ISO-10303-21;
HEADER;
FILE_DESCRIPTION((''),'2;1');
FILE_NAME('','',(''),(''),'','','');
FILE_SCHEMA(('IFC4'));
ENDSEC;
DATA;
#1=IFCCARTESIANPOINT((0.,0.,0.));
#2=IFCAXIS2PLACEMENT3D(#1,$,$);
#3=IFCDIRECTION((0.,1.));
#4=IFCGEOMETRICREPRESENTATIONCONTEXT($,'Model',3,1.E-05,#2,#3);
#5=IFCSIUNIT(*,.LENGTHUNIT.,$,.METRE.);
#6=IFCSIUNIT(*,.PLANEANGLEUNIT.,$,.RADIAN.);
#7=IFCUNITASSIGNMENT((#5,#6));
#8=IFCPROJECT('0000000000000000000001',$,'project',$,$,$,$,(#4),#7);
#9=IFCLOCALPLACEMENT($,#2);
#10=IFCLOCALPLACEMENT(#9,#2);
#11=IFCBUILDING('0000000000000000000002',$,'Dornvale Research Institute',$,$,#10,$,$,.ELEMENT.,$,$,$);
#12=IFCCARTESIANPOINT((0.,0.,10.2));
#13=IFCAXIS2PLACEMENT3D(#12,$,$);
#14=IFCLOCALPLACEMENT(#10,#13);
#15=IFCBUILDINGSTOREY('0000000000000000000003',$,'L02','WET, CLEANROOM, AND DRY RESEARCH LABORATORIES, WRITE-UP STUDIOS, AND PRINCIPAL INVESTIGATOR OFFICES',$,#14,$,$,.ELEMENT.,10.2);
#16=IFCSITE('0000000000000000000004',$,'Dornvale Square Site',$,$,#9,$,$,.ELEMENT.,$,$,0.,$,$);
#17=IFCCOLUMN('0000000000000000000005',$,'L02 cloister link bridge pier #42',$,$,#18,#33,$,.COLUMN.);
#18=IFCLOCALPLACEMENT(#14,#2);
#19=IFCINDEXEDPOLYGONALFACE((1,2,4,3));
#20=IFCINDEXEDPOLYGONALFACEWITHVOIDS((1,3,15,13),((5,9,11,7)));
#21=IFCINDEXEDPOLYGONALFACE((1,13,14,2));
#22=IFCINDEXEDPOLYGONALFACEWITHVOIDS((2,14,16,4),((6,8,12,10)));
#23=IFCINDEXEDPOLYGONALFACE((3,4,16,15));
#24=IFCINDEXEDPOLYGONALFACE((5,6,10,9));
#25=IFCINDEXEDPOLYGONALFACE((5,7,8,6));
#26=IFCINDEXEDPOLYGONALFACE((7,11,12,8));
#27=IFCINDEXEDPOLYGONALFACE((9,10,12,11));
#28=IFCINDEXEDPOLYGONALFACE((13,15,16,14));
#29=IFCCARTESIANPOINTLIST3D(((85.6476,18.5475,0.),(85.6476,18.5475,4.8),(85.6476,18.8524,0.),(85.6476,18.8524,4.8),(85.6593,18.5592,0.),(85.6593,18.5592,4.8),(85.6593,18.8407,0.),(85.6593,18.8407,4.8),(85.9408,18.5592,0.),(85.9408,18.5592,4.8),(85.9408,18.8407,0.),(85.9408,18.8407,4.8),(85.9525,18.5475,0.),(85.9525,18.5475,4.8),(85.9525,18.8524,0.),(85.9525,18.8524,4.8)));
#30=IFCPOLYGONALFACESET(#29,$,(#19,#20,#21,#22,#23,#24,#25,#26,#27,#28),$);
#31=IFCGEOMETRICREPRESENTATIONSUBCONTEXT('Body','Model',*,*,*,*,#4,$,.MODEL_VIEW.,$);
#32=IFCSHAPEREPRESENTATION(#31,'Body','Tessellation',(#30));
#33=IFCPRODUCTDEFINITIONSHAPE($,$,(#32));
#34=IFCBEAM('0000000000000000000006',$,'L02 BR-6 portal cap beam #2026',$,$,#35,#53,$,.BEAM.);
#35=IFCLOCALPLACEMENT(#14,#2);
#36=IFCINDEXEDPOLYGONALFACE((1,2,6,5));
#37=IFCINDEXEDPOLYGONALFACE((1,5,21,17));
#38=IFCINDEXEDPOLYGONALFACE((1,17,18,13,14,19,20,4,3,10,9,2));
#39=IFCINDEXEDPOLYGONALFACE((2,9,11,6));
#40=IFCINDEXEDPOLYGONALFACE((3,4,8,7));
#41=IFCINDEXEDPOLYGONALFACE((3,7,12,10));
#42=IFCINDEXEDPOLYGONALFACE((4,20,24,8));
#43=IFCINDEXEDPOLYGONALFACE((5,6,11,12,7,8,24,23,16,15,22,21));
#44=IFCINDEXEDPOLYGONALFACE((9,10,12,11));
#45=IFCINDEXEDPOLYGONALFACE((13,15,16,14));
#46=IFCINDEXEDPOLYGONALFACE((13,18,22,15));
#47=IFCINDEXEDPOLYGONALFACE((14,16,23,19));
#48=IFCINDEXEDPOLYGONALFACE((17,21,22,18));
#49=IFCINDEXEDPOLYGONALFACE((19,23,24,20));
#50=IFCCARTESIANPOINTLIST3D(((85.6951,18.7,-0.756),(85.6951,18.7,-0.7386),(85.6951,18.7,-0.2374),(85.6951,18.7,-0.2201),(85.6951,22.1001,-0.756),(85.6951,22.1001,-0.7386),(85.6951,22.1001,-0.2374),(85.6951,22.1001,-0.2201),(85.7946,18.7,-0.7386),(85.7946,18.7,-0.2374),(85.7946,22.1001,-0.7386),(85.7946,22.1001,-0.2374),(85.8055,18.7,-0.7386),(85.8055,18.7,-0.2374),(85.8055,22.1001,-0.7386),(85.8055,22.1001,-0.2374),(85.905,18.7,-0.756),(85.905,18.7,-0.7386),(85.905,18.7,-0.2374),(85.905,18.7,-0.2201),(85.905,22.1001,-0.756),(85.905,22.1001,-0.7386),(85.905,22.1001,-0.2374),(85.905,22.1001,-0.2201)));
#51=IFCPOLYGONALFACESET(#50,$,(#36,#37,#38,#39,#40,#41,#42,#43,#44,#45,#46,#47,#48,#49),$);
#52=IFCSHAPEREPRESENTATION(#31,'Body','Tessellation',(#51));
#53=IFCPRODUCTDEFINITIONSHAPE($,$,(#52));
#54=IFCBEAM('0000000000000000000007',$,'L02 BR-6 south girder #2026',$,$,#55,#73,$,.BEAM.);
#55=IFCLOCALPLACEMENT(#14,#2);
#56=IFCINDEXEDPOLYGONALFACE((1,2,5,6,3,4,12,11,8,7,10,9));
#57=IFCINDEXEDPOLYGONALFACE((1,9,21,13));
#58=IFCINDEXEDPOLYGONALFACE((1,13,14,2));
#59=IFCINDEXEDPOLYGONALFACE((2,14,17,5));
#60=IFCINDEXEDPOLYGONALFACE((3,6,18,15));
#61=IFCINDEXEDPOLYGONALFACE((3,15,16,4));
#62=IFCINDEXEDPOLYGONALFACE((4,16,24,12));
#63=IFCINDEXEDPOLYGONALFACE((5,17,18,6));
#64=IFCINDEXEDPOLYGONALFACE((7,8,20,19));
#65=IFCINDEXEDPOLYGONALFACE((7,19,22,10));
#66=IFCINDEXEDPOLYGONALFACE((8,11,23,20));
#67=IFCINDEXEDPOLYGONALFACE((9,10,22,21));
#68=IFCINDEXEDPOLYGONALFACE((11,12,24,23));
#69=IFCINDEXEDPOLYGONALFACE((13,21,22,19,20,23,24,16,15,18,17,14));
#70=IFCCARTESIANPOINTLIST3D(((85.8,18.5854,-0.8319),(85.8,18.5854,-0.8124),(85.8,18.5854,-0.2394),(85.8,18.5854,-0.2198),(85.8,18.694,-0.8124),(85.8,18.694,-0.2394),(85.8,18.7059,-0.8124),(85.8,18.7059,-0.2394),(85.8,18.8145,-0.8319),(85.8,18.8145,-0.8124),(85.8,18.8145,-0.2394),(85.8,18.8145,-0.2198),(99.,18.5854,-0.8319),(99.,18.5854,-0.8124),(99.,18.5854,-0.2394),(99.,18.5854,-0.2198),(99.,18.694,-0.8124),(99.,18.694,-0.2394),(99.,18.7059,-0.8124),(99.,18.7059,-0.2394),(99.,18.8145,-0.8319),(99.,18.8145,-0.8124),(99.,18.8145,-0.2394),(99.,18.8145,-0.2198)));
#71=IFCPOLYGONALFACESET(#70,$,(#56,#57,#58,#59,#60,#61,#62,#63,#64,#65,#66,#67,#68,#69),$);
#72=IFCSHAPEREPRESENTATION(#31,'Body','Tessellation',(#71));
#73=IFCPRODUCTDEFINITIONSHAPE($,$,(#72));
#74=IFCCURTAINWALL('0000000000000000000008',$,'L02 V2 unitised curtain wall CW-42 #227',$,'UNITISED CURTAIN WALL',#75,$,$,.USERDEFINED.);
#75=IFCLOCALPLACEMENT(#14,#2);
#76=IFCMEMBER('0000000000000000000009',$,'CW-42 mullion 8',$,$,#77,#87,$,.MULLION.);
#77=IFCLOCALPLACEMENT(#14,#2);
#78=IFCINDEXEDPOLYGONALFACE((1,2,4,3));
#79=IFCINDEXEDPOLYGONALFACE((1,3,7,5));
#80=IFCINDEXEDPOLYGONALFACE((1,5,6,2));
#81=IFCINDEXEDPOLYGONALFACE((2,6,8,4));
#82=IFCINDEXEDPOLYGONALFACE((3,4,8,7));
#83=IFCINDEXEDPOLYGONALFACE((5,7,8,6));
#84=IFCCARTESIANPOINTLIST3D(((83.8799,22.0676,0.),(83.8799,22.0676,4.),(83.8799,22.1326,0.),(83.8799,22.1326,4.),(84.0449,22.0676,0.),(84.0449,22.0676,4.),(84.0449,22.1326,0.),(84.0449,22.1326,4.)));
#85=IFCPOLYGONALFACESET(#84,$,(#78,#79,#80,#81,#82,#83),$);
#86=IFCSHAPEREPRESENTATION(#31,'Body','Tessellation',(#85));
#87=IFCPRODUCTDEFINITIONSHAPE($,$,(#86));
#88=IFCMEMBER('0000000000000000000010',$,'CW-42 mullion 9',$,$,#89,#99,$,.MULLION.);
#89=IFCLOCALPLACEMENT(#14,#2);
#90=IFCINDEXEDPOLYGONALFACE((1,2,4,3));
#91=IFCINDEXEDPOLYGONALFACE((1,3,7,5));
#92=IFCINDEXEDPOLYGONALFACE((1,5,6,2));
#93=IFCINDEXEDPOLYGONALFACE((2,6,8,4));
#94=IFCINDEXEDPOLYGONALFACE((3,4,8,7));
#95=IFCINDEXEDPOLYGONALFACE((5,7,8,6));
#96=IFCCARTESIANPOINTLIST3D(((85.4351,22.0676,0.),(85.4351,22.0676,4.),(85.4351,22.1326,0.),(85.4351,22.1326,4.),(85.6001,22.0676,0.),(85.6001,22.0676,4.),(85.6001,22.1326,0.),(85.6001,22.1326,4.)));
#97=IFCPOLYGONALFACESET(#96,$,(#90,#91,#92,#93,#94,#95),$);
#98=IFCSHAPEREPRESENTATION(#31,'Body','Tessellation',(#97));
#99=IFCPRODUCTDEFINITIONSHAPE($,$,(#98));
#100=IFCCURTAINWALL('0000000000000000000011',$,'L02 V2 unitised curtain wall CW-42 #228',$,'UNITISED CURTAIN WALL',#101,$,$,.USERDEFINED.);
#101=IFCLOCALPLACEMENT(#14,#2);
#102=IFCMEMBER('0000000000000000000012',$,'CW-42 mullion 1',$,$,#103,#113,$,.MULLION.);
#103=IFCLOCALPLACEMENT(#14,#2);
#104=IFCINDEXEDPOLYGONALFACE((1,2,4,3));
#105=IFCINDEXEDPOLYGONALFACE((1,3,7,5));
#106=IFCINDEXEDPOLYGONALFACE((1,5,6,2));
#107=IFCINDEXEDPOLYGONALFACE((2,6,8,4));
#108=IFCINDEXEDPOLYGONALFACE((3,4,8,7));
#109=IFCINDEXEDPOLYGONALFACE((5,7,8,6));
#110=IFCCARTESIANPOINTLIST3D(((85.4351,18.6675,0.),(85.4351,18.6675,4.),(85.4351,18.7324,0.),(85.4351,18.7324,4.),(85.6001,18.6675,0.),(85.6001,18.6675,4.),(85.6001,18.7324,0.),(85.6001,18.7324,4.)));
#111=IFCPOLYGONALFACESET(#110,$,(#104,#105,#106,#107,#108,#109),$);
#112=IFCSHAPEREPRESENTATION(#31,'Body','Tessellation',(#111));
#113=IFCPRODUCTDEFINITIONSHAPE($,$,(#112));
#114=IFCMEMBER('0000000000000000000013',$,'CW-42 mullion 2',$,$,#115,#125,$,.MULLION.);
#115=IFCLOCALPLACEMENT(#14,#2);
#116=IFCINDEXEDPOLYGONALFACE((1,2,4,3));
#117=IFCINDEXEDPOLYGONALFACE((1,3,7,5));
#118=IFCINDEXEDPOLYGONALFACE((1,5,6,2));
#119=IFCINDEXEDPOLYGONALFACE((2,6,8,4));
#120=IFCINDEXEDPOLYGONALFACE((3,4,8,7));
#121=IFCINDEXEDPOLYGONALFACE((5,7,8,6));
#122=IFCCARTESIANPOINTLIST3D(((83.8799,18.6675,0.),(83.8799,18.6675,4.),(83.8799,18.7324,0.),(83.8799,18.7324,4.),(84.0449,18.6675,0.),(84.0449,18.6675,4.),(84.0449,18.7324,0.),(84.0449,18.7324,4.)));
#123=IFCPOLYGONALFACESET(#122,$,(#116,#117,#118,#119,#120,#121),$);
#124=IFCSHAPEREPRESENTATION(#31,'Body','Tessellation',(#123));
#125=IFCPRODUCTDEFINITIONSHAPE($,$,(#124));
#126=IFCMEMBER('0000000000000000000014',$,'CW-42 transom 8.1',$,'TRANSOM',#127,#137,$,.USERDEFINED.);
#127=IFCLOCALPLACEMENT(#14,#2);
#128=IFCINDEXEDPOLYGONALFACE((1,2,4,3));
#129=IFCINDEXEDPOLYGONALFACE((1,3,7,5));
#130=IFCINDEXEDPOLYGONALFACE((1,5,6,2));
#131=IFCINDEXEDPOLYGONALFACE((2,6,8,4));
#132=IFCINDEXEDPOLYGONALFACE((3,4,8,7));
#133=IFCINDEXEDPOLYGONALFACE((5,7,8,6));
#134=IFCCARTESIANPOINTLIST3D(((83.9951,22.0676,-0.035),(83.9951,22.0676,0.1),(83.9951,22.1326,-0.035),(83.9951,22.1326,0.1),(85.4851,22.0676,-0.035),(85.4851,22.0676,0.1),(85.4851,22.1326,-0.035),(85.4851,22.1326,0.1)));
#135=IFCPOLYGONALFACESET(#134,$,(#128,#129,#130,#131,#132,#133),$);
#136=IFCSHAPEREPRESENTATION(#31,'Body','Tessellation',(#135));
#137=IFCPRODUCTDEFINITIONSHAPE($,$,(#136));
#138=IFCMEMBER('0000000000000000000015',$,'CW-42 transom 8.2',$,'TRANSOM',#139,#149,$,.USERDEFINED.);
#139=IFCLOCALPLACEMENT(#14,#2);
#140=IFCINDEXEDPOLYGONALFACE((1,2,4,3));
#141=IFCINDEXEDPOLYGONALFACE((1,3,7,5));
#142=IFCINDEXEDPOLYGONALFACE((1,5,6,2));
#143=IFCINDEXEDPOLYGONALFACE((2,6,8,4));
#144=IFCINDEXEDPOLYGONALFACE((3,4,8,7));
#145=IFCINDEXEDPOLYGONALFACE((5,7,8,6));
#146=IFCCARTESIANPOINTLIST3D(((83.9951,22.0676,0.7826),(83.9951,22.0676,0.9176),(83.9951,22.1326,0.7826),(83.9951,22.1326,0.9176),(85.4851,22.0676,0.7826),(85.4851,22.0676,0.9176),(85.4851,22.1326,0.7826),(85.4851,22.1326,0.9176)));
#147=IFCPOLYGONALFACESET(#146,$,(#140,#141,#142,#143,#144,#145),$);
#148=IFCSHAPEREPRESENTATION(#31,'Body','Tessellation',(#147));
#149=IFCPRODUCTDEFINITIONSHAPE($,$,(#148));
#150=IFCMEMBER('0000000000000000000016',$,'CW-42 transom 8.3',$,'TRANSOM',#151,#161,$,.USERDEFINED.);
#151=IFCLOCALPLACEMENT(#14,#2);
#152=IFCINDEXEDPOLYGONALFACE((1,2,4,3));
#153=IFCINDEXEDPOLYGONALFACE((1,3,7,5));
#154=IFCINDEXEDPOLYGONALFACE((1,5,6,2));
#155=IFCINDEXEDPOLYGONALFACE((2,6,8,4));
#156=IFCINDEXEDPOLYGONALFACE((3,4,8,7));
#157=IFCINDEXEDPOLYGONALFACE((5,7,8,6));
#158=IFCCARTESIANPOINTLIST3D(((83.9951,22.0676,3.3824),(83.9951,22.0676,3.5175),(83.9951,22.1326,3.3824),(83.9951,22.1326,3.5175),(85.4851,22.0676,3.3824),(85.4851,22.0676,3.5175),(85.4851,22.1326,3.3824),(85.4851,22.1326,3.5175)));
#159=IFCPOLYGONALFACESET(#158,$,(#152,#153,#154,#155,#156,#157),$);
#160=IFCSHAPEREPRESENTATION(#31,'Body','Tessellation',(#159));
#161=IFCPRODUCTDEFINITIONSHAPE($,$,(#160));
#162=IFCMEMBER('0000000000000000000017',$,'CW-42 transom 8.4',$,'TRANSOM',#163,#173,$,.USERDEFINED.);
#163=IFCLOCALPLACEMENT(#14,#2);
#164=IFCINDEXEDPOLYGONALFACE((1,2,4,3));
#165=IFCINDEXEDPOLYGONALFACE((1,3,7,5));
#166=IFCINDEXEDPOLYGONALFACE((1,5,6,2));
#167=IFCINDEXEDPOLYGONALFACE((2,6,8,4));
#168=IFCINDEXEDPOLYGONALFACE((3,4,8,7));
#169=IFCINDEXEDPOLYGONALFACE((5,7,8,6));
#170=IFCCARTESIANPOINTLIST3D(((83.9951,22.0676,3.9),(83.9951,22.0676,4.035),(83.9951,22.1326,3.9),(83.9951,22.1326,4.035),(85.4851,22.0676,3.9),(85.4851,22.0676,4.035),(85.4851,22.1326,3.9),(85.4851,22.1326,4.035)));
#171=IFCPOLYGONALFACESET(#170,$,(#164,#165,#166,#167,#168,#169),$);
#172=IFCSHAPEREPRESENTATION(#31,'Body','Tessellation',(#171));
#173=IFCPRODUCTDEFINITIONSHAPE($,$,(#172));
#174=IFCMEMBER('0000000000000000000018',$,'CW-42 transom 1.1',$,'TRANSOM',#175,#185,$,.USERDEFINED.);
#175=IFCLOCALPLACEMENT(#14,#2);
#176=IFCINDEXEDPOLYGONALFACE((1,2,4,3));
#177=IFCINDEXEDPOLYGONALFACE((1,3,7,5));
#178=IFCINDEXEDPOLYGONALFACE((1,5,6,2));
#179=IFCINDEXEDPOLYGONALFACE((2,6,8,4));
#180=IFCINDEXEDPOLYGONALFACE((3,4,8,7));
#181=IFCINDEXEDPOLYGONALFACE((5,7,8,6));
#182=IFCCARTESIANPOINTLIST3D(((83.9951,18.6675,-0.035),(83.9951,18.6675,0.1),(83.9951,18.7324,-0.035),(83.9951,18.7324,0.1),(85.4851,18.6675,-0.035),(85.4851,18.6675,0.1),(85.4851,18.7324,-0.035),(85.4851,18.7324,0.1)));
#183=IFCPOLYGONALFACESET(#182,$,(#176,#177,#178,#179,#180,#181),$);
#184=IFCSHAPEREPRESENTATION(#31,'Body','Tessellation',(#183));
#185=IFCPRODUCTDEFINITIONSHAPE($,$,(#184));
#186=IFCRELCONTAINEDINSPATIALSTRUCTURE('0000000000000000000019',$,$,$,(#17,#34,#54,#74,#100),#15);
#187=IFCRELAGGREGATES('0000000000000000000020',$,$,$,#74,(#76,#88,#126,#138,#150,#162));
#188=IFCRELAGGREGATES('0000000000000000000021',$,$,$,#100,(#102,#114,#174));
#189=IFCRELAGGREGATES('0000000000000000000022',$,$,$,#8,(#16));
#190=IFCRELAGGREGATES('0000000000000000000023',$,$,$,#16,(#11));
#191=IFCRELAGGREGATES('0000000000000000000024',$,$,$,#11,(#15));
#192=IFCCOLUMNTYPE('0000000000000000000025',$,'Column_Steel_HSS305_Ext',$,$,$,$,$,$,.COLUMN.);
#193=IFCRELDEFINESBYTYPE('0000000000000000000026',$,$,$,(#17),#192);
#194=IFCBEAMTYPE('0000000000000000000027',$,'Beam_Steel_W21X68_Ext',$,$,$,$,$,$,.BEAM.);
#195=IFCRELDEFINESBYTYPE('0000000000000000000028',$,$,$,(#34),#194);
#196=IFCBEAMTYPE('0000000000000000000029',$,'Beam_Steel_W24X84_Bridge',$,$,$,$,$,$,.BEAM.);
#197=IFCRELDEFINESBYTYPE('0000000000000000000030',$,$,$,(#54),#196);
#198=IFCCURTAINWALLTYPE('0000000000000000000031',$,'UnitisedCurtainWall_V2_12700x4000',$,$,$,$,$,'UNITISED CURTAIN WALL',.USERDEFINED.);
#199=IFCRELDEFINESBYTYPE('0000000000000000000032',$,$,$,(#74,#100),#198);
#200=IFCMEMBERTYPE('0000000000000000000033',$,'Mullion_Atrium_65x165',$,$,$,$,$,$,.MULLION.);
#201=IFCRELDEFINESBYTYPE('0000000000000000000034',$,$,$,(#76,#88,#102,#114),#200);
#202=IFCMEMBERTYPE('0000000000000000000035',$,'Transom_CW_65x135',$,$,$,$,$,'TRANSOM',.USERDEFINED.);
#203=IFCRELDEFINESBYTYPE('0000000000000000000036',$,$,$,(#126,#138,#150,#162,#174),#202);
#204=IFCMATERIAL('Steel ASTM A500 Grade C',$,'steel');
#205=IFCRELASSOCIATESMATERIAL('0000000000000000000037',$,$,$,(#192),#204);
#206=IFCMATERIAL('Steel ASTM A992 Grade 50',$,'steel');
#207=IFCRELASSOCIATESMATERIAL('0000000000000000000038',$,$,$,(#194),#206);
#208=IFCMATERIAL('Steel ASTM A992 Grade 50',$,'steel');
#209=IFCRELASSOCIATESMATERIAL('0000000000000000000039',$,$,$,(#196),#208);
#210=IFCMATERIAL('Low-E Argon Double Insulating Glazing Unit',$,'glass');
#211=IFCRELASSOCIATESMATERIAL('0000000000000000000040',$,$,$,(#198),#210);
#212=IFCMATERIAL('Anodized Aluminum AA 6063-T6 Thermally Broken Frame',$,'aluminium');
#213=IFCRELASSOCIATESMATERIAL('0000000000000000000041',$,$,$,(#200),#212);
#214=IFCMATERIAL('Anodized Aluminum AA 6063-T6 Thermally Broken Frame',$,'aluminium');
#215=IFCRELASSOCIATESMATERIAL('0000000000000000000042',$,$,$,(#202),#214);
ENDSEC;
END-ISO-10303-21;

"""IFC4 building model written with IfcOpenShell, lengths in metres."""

from ifc_helpers import new_model, si_unit, direction, frame, origin, origin_2d, place, context, subcontext, project, spatial, rectangle, hollow_rectangle, i_section, extrude, material, material_profile, profile_set, type_object, element, aggregate, save


model = new_model("IFC4")

# Units and contexts
model_context = context("Model", 3, precision=1e-05, world=origin(), true_north=direction((0.0, 1.0)))
body_context = subcontext(model_context, "Body", "Model", "MODEL_VIEW")
ifc_project = project(units=[si_unit("LENGTHUNIT", "METRE"), si_unit("PLANEANGLEUNIT", "RADIAN")], contexts=[model_context])

# Site, building, storey
site_placement = place(None, origin())
site = spatial("IfcSite", under=ifc_project, at=site_placement, Name="Dornvale Square Site", CompositionType="ELEMENT", RefElevation=0.0)
building_placement = place(site_placement, origin())
building = spatial("IfcBuilding", under=site, at=building_placement, Name="Dornvale Research Institute", CompositionType="ELEMENT")
storey_placement = place(building_placement, frame((0.0, 0.0, 10.2)))
storey = spatial("IfcBuildingStorey", under=building, at=storey_placement, Name="L02", Description="WET, CLEANROOM, AND DRY RESEARCH LABORATORIES, WRITE-UP STUDIOS, AND PRINCIPAL INVESTIGATOR OFFICES", CompositionType="ELEMENT", Elevation=10.2)

# Column
ifc_material_1 = material(Name="Steel ASTM A500 Grade C", Category="steel")
ifc_material_profile_1 = material_profile(ifc_material_1, hollow_rectangle(XDim=0.3049, YDim=0.3049, WallThickness=0.0117, at=origin_2d()), Name="HSS305X305X12.7")
ifc_profile_set_1 = profile_set([ifc_material_profile_1], Name="Steel ASTM A500 Grade C")
column_type = type_object("IfcColumnType", Name="Column_Steel_HSS305_Ext", PredefinedType="COLUMN", material=ifc_profile_set_1)
column_placement = place(storey_placement, frame((85.8, 18.7, 0.0), z_axis=(0.0, 0.0, 1.0), x_axis=(1.0, 0.0, 0.0)))
element("IfcColumn", 1, at=column_placement, inside=storey, type_object=column_type, Name="L02 cloister link bridge pier #42", PredefinedType="COLUMN", context=body_context, shape_type="SweptSolid", body=[
    extrude(hollow_rectangle(XDim=0.3049, YDim=0.3049, WallThickness=0.0117, at=origin_2d()), origin(), (0.0, 0.0, 1.0), 4.8),
])

# Beams
ifc_material_2 = material(Name="Steel ASTM A992 Grade 50", Category="steel")
ifc_material_profile_2 = material_profile(ifc_material_2, i_section(OverallWidth=0.21, OverallDepth=0.5359, WebThickness=0.011, FlangeThickness=0.0173, at=origin_2d()), Name="W21X68")
ifc_profile_set_2 = profile_set([ifc_material_profile_2], Name="Steel ASTM A992 Grade 50")
beam_type_1 = type_object("IfcBeamType", Name="Beam_Steel_W21X68_Ext", PredefinedType="BEAM", material=ifc_profile_set_2)
beam_1_placement = place(storey_placement, frame((85.8, 18.7, -0.488), z_axis=(0.0, 1.0, 0.0), x_axis=(-1.0, 0.0, 0.0)))
element("IfcBeam", 2, at=beam_1_placement, inside=storey, type_object=beam_type_1, Name="L02 BR-6 portal cap beam #2026", PredefinedType="BEAM", context=body_context, shape_type="SweptSolid", body=[
    extrude(i_section(OverallWidth=0.21, OverallDepth=0.5359, WebThickness=0.011, FlangeThickness=0.0173, at=origin_2d()), origin(), (0.0, 0.0, 1.0), 3.4001),
])
ifc_material_3 = material(Name="Steel ASTM A992 Grade 50", Category="steel")
ifc_material_profile_3 = material_profile(ifc_material_3, i_section(OverallWidth=0.229, OverallDepth=0.6121, WebThickness=0.012, FlangeThickness=0.0195, at=origin_2d()), Name="W24X84")
ifc_profile_set_3 = profile_set([ifc_material_profile_3], Name="Steel ASTM A992 Grade 50")
beam_type_2 = type_object("IfcBeamType", Name="Beam_Steel_W24X84_Bridge", PredefinedType="BEAM", material=ifc_profile_set_3)
beam_2_placement = place(storey_placement, frame((85.8, 18.7, -0.5259), z_axis=(1.0, 0.0, 0.0), x_axis=(0.0, 1.0, 0.0)))
element("IfcBeam", 3, at=beam_2_placement, inside=storey, type_object=beam_type_2, Name="L02 BR-6 south girder #2026", PredefinedType="BEAM", context=body_context, shape_type="SweptSolid", body=[
    extrude(i_section(OverallWidth=0.229, OverallDepth=0.6121, WebThickness=0.012, FlangeThickness=0.0195, at=origin_2d()), origin(), (0.0, 0.0, 1.0), 13.2),
])

# Curtain walls, members
ifc_material_4 = material(Name="Low-E Argon Double Insulating Glazing Unit", Category="glass")
curtain_wall_type = type_object("IfcCurtainWallType", Name="UnitisedCurtainWall_V2_12700x4000", ElementType="UNITISED CURTAIN WALL", PredefinedType="USERDEFINED", material=ifc_material_4)
curtain_wall_1_placement = place(storey_placement, origin())
curtain_wall_1 = element("IfcCurtainWall", 4, at=curtain_wall_1_placement, inside=storey, type_object=curtain_wall_type, Name="L02 V2 unitised curtain wall CW-42 #227", ObjectType="UNITISED CURTAIN WALL", PredefinedType="USERDEFINED")
ifc_material_5 = material(Name="Anodized Aluminum AA 6063-T6 Thermally Broken Frame", Category="aluminium")
ifc_material_profile_4 = material_profile(ifc_material_5, rectangle(XDim=0.0649, YDim=0.165, at=origin_2d()), Name="ALU MULLION 65x165")
ifc_profile_set_4 = profile_set([ifc_material_profile_4], Name="Anodized Aluminum AA 6063-T6 Thermally Broken Frame")
member_type_1 = type_object("IfcMemberType", Name="Mullion_Atrium_65x165", PredefinedType="MULLION", material=ifc_profile_set_4)
member_1_placement = place(storey_placement, frame((83.9624, 22.1001, 0.0), z_axis=(0.0, 0.0, 1.0), x_axis=(0.0, 1.0, 0.0)))
member_1 = element("IfcMember", 5, at=member_1_placement, type_object=member_type_1, Name="CW-42 mullion 8", PredefinedType="MULLION", context=body_context, shape_type="SweptSolid", body=[
    extrude(rectangle(XDim=0.0649, YDim=0.165, at=origin_2d()), origin(), (0.0, 0.0, 1.0), 4.0),
])
member_2_placement = place(storey_placement, frame((85.5176, 22.1001, 0.0), z_axis=(0.0, 0.0, 1.0), x_axis=(0.0, 1.0, 0.0)))
member_2 = element("IfcMember", 6, at=member_2_placement, type_object=member_type_1, Name="CW-42 mullion 9", PredefinedType="MULLION", context=body_context, shape_type="SweptSolid", body=[
    extrude(rectangle(XDim=0.0649, YDim=0.165, at=origin_2d()), origin(), (0.0, 0.0, 1.0), 4.0),
])
curtain_wall_2_placement = place(storey_placement, origin())
curtain_wall_2 = element("IfcCurtainWall", 7, at=curtain_wall_2_placement, inside=storey, type_object=curtain_wall_type, Name="L02 V2 unitised curtain wall CW-42 #228", ObjectType="UNITISED CURTAIN WALL", PredefinedType="USERDEFINED")
member_3_placement = place(storey_placement, frame((85.5176, 18.7, 0.0), z_axis=(0.0, 0.0, 1.0), x_axis=(0.0, -1.0, 0.0)))
member_3 = element("IfcMember", 8, at=member_3_placement, type_object=member_type_1, Name="CW-42 mullion 1", PredefinedType="MULLION", context=body_context, shape_type="SweptSolid", body=[
    extrude(rectangle(XDim=0.0649, YDim=0.165, at=origin_2d()), origin(), (0.0, 0.0, 1.0), 4.0),
])
member_4_placement = place(storey_placement, frame((83.9624, 18.7, 0.0), z_axis=(0.0, 0.0, 1.0), x_axis=(0.0, -1.0, 0.0)))
member_4 = element("IfcMember", 9, at=member_4_placement, type_object=member_type_1, Name="CW-42 mullion 2", PredefinedType="MULLION", context=body_context, shape_type="SweptSolid", body=[
    extrude(rectangle(XDim=0.0649, YDim=0.165, at=origin_2d()), origin(), (0.0, 0.0, 1.0), 4.0),
])

# Members
ifc_material_6 = material(Name="Anodized Aluminum AA 6063-T6 Thermally Broken Frame", Category="aluminium")
ifc_material_profile_5 = material_profile(ifc_material_6, rectangle(XDim=0.0649, YDim=0.135, at=origin_2d()), Name="ALU TRANSOM 65x135")
ifc_profile_set_5 = profile_set([ifc_material_profile_5], Name="Anodized Aluminum AA 6063-T6 Thermally Broken Frame")
member_type_2 = type_object("IfcMemberType", Name="Transom_CW_65x135", ElementType="TRANSOM", PredefinedType="USERDEFINED", material=ifc_profile_set_5)
member_5_placement = place(storey_placement, frame((83.9951, 22.1001, 0.0325), z_axis=(1.0, 0.0, 0.0), x_axis=(0.0, 1.0, 0.0)))
member_5 = element("IfcMember", 10, at=member_5_placement, type_object=member_type_2, Name="CW-42 transom 8.1", ObjectType="TRANSOM", PredefinedType="USERDEFINED", context=body_context, shape_type="SweptSolid", body=[
    extrude(rectangle(XDim=0.0649, YDim=0.135, at=origin_2d()), origin(), (0.0, 0.0, 1.0), 1.49),
])
member_6_placement = place(storey_placement, frame((83.9951, 22.1001, 0.8501), z_axis=(1.0, 0.0, 0.0), x_axis=(0.0, 1.0, 0.0)))
member_6 = element("IfcMember", 11, at=member_6_placement, type_object=member_type_2, Name="CW-42 transom 8.2", ObjectType="TRANSOM", PredefinedType="USERDEFINED", context=body_context, shape_type="SweptSolid", body=[
    extrude(rectangle(XDim=0.0649, YDim=0.135, at=origin_2d()), origin(), (0.0, 0.0, 1.0), 1.49),
])
member_7_placement = place(storey_placement, frame((83.9951, 22.1001, 3.45), z_axis=(1.0, 0.0, 0.0), x_axis=(0.0, 1.0, 0.0)))
member_7 = element("IfcMember", 12, at=member_7_placement, type_object=member_type_2, Name="CW-42 transom 8.3", ObjectType="TRANSOM", PredefinedType="USERDEFINED", context=body_context, shape_type="SweptSolid", body=[
    extrude(rectangle(XDim=0.0649, YDim=0.135, at=origin_2d()), origin(), (0.0, 0.0, 1.0), 1.49),
])
member_8_placement = place(storey_placement, frame((83.9951, 22.1001, 3.9675), z_axis=(1.0, 0.0, 0.0), x_axis=(0.0, 1.0, 0.0)))
member_8 = element("IfcMember", 13, at=member_8_placement, type_object=member_type_2, Name="CW-42 transom 8.4", ObjectType="TRANSOM", PredefinedType="USERDEFINED", context=body_context, shape_type="SweptSolid", body=[
    extrude(rectangle(XDim=0.0649, YDim=0.135, at=origin_2d()), origin(), (0.0, 0.0, 1.0), 1.49),
])
member_9_placement = place(storey_placement, frame((85.4851, 18.7, 0.0325), z_axis=(-1.0, 0.0, 0.0), x_axis=(0.0, -1.0, 0.0)))
member_9 = element("IfcMember", 14, at=member_9_placement, type_object=member_type_2, Name="CW-42 transom 1.1", ObjectType="TRANSOM", PredefinedType="USERDEFINED", context=body_context, shape_type="SweptSolid", body=[
    extrude(rectangle(XDim=0.0649, YDim=0.135, at=origin_2d()), origin(), (0.0, 0.0, 1.0), 1.49),
])

aggregate(curtain_wall_1, [member_1, member_2, member_5, member_6, member_7, member_8])
aggregate(curtain_wall_2, [member_3, member_4, member_9])

save(model, "model.ifc")
